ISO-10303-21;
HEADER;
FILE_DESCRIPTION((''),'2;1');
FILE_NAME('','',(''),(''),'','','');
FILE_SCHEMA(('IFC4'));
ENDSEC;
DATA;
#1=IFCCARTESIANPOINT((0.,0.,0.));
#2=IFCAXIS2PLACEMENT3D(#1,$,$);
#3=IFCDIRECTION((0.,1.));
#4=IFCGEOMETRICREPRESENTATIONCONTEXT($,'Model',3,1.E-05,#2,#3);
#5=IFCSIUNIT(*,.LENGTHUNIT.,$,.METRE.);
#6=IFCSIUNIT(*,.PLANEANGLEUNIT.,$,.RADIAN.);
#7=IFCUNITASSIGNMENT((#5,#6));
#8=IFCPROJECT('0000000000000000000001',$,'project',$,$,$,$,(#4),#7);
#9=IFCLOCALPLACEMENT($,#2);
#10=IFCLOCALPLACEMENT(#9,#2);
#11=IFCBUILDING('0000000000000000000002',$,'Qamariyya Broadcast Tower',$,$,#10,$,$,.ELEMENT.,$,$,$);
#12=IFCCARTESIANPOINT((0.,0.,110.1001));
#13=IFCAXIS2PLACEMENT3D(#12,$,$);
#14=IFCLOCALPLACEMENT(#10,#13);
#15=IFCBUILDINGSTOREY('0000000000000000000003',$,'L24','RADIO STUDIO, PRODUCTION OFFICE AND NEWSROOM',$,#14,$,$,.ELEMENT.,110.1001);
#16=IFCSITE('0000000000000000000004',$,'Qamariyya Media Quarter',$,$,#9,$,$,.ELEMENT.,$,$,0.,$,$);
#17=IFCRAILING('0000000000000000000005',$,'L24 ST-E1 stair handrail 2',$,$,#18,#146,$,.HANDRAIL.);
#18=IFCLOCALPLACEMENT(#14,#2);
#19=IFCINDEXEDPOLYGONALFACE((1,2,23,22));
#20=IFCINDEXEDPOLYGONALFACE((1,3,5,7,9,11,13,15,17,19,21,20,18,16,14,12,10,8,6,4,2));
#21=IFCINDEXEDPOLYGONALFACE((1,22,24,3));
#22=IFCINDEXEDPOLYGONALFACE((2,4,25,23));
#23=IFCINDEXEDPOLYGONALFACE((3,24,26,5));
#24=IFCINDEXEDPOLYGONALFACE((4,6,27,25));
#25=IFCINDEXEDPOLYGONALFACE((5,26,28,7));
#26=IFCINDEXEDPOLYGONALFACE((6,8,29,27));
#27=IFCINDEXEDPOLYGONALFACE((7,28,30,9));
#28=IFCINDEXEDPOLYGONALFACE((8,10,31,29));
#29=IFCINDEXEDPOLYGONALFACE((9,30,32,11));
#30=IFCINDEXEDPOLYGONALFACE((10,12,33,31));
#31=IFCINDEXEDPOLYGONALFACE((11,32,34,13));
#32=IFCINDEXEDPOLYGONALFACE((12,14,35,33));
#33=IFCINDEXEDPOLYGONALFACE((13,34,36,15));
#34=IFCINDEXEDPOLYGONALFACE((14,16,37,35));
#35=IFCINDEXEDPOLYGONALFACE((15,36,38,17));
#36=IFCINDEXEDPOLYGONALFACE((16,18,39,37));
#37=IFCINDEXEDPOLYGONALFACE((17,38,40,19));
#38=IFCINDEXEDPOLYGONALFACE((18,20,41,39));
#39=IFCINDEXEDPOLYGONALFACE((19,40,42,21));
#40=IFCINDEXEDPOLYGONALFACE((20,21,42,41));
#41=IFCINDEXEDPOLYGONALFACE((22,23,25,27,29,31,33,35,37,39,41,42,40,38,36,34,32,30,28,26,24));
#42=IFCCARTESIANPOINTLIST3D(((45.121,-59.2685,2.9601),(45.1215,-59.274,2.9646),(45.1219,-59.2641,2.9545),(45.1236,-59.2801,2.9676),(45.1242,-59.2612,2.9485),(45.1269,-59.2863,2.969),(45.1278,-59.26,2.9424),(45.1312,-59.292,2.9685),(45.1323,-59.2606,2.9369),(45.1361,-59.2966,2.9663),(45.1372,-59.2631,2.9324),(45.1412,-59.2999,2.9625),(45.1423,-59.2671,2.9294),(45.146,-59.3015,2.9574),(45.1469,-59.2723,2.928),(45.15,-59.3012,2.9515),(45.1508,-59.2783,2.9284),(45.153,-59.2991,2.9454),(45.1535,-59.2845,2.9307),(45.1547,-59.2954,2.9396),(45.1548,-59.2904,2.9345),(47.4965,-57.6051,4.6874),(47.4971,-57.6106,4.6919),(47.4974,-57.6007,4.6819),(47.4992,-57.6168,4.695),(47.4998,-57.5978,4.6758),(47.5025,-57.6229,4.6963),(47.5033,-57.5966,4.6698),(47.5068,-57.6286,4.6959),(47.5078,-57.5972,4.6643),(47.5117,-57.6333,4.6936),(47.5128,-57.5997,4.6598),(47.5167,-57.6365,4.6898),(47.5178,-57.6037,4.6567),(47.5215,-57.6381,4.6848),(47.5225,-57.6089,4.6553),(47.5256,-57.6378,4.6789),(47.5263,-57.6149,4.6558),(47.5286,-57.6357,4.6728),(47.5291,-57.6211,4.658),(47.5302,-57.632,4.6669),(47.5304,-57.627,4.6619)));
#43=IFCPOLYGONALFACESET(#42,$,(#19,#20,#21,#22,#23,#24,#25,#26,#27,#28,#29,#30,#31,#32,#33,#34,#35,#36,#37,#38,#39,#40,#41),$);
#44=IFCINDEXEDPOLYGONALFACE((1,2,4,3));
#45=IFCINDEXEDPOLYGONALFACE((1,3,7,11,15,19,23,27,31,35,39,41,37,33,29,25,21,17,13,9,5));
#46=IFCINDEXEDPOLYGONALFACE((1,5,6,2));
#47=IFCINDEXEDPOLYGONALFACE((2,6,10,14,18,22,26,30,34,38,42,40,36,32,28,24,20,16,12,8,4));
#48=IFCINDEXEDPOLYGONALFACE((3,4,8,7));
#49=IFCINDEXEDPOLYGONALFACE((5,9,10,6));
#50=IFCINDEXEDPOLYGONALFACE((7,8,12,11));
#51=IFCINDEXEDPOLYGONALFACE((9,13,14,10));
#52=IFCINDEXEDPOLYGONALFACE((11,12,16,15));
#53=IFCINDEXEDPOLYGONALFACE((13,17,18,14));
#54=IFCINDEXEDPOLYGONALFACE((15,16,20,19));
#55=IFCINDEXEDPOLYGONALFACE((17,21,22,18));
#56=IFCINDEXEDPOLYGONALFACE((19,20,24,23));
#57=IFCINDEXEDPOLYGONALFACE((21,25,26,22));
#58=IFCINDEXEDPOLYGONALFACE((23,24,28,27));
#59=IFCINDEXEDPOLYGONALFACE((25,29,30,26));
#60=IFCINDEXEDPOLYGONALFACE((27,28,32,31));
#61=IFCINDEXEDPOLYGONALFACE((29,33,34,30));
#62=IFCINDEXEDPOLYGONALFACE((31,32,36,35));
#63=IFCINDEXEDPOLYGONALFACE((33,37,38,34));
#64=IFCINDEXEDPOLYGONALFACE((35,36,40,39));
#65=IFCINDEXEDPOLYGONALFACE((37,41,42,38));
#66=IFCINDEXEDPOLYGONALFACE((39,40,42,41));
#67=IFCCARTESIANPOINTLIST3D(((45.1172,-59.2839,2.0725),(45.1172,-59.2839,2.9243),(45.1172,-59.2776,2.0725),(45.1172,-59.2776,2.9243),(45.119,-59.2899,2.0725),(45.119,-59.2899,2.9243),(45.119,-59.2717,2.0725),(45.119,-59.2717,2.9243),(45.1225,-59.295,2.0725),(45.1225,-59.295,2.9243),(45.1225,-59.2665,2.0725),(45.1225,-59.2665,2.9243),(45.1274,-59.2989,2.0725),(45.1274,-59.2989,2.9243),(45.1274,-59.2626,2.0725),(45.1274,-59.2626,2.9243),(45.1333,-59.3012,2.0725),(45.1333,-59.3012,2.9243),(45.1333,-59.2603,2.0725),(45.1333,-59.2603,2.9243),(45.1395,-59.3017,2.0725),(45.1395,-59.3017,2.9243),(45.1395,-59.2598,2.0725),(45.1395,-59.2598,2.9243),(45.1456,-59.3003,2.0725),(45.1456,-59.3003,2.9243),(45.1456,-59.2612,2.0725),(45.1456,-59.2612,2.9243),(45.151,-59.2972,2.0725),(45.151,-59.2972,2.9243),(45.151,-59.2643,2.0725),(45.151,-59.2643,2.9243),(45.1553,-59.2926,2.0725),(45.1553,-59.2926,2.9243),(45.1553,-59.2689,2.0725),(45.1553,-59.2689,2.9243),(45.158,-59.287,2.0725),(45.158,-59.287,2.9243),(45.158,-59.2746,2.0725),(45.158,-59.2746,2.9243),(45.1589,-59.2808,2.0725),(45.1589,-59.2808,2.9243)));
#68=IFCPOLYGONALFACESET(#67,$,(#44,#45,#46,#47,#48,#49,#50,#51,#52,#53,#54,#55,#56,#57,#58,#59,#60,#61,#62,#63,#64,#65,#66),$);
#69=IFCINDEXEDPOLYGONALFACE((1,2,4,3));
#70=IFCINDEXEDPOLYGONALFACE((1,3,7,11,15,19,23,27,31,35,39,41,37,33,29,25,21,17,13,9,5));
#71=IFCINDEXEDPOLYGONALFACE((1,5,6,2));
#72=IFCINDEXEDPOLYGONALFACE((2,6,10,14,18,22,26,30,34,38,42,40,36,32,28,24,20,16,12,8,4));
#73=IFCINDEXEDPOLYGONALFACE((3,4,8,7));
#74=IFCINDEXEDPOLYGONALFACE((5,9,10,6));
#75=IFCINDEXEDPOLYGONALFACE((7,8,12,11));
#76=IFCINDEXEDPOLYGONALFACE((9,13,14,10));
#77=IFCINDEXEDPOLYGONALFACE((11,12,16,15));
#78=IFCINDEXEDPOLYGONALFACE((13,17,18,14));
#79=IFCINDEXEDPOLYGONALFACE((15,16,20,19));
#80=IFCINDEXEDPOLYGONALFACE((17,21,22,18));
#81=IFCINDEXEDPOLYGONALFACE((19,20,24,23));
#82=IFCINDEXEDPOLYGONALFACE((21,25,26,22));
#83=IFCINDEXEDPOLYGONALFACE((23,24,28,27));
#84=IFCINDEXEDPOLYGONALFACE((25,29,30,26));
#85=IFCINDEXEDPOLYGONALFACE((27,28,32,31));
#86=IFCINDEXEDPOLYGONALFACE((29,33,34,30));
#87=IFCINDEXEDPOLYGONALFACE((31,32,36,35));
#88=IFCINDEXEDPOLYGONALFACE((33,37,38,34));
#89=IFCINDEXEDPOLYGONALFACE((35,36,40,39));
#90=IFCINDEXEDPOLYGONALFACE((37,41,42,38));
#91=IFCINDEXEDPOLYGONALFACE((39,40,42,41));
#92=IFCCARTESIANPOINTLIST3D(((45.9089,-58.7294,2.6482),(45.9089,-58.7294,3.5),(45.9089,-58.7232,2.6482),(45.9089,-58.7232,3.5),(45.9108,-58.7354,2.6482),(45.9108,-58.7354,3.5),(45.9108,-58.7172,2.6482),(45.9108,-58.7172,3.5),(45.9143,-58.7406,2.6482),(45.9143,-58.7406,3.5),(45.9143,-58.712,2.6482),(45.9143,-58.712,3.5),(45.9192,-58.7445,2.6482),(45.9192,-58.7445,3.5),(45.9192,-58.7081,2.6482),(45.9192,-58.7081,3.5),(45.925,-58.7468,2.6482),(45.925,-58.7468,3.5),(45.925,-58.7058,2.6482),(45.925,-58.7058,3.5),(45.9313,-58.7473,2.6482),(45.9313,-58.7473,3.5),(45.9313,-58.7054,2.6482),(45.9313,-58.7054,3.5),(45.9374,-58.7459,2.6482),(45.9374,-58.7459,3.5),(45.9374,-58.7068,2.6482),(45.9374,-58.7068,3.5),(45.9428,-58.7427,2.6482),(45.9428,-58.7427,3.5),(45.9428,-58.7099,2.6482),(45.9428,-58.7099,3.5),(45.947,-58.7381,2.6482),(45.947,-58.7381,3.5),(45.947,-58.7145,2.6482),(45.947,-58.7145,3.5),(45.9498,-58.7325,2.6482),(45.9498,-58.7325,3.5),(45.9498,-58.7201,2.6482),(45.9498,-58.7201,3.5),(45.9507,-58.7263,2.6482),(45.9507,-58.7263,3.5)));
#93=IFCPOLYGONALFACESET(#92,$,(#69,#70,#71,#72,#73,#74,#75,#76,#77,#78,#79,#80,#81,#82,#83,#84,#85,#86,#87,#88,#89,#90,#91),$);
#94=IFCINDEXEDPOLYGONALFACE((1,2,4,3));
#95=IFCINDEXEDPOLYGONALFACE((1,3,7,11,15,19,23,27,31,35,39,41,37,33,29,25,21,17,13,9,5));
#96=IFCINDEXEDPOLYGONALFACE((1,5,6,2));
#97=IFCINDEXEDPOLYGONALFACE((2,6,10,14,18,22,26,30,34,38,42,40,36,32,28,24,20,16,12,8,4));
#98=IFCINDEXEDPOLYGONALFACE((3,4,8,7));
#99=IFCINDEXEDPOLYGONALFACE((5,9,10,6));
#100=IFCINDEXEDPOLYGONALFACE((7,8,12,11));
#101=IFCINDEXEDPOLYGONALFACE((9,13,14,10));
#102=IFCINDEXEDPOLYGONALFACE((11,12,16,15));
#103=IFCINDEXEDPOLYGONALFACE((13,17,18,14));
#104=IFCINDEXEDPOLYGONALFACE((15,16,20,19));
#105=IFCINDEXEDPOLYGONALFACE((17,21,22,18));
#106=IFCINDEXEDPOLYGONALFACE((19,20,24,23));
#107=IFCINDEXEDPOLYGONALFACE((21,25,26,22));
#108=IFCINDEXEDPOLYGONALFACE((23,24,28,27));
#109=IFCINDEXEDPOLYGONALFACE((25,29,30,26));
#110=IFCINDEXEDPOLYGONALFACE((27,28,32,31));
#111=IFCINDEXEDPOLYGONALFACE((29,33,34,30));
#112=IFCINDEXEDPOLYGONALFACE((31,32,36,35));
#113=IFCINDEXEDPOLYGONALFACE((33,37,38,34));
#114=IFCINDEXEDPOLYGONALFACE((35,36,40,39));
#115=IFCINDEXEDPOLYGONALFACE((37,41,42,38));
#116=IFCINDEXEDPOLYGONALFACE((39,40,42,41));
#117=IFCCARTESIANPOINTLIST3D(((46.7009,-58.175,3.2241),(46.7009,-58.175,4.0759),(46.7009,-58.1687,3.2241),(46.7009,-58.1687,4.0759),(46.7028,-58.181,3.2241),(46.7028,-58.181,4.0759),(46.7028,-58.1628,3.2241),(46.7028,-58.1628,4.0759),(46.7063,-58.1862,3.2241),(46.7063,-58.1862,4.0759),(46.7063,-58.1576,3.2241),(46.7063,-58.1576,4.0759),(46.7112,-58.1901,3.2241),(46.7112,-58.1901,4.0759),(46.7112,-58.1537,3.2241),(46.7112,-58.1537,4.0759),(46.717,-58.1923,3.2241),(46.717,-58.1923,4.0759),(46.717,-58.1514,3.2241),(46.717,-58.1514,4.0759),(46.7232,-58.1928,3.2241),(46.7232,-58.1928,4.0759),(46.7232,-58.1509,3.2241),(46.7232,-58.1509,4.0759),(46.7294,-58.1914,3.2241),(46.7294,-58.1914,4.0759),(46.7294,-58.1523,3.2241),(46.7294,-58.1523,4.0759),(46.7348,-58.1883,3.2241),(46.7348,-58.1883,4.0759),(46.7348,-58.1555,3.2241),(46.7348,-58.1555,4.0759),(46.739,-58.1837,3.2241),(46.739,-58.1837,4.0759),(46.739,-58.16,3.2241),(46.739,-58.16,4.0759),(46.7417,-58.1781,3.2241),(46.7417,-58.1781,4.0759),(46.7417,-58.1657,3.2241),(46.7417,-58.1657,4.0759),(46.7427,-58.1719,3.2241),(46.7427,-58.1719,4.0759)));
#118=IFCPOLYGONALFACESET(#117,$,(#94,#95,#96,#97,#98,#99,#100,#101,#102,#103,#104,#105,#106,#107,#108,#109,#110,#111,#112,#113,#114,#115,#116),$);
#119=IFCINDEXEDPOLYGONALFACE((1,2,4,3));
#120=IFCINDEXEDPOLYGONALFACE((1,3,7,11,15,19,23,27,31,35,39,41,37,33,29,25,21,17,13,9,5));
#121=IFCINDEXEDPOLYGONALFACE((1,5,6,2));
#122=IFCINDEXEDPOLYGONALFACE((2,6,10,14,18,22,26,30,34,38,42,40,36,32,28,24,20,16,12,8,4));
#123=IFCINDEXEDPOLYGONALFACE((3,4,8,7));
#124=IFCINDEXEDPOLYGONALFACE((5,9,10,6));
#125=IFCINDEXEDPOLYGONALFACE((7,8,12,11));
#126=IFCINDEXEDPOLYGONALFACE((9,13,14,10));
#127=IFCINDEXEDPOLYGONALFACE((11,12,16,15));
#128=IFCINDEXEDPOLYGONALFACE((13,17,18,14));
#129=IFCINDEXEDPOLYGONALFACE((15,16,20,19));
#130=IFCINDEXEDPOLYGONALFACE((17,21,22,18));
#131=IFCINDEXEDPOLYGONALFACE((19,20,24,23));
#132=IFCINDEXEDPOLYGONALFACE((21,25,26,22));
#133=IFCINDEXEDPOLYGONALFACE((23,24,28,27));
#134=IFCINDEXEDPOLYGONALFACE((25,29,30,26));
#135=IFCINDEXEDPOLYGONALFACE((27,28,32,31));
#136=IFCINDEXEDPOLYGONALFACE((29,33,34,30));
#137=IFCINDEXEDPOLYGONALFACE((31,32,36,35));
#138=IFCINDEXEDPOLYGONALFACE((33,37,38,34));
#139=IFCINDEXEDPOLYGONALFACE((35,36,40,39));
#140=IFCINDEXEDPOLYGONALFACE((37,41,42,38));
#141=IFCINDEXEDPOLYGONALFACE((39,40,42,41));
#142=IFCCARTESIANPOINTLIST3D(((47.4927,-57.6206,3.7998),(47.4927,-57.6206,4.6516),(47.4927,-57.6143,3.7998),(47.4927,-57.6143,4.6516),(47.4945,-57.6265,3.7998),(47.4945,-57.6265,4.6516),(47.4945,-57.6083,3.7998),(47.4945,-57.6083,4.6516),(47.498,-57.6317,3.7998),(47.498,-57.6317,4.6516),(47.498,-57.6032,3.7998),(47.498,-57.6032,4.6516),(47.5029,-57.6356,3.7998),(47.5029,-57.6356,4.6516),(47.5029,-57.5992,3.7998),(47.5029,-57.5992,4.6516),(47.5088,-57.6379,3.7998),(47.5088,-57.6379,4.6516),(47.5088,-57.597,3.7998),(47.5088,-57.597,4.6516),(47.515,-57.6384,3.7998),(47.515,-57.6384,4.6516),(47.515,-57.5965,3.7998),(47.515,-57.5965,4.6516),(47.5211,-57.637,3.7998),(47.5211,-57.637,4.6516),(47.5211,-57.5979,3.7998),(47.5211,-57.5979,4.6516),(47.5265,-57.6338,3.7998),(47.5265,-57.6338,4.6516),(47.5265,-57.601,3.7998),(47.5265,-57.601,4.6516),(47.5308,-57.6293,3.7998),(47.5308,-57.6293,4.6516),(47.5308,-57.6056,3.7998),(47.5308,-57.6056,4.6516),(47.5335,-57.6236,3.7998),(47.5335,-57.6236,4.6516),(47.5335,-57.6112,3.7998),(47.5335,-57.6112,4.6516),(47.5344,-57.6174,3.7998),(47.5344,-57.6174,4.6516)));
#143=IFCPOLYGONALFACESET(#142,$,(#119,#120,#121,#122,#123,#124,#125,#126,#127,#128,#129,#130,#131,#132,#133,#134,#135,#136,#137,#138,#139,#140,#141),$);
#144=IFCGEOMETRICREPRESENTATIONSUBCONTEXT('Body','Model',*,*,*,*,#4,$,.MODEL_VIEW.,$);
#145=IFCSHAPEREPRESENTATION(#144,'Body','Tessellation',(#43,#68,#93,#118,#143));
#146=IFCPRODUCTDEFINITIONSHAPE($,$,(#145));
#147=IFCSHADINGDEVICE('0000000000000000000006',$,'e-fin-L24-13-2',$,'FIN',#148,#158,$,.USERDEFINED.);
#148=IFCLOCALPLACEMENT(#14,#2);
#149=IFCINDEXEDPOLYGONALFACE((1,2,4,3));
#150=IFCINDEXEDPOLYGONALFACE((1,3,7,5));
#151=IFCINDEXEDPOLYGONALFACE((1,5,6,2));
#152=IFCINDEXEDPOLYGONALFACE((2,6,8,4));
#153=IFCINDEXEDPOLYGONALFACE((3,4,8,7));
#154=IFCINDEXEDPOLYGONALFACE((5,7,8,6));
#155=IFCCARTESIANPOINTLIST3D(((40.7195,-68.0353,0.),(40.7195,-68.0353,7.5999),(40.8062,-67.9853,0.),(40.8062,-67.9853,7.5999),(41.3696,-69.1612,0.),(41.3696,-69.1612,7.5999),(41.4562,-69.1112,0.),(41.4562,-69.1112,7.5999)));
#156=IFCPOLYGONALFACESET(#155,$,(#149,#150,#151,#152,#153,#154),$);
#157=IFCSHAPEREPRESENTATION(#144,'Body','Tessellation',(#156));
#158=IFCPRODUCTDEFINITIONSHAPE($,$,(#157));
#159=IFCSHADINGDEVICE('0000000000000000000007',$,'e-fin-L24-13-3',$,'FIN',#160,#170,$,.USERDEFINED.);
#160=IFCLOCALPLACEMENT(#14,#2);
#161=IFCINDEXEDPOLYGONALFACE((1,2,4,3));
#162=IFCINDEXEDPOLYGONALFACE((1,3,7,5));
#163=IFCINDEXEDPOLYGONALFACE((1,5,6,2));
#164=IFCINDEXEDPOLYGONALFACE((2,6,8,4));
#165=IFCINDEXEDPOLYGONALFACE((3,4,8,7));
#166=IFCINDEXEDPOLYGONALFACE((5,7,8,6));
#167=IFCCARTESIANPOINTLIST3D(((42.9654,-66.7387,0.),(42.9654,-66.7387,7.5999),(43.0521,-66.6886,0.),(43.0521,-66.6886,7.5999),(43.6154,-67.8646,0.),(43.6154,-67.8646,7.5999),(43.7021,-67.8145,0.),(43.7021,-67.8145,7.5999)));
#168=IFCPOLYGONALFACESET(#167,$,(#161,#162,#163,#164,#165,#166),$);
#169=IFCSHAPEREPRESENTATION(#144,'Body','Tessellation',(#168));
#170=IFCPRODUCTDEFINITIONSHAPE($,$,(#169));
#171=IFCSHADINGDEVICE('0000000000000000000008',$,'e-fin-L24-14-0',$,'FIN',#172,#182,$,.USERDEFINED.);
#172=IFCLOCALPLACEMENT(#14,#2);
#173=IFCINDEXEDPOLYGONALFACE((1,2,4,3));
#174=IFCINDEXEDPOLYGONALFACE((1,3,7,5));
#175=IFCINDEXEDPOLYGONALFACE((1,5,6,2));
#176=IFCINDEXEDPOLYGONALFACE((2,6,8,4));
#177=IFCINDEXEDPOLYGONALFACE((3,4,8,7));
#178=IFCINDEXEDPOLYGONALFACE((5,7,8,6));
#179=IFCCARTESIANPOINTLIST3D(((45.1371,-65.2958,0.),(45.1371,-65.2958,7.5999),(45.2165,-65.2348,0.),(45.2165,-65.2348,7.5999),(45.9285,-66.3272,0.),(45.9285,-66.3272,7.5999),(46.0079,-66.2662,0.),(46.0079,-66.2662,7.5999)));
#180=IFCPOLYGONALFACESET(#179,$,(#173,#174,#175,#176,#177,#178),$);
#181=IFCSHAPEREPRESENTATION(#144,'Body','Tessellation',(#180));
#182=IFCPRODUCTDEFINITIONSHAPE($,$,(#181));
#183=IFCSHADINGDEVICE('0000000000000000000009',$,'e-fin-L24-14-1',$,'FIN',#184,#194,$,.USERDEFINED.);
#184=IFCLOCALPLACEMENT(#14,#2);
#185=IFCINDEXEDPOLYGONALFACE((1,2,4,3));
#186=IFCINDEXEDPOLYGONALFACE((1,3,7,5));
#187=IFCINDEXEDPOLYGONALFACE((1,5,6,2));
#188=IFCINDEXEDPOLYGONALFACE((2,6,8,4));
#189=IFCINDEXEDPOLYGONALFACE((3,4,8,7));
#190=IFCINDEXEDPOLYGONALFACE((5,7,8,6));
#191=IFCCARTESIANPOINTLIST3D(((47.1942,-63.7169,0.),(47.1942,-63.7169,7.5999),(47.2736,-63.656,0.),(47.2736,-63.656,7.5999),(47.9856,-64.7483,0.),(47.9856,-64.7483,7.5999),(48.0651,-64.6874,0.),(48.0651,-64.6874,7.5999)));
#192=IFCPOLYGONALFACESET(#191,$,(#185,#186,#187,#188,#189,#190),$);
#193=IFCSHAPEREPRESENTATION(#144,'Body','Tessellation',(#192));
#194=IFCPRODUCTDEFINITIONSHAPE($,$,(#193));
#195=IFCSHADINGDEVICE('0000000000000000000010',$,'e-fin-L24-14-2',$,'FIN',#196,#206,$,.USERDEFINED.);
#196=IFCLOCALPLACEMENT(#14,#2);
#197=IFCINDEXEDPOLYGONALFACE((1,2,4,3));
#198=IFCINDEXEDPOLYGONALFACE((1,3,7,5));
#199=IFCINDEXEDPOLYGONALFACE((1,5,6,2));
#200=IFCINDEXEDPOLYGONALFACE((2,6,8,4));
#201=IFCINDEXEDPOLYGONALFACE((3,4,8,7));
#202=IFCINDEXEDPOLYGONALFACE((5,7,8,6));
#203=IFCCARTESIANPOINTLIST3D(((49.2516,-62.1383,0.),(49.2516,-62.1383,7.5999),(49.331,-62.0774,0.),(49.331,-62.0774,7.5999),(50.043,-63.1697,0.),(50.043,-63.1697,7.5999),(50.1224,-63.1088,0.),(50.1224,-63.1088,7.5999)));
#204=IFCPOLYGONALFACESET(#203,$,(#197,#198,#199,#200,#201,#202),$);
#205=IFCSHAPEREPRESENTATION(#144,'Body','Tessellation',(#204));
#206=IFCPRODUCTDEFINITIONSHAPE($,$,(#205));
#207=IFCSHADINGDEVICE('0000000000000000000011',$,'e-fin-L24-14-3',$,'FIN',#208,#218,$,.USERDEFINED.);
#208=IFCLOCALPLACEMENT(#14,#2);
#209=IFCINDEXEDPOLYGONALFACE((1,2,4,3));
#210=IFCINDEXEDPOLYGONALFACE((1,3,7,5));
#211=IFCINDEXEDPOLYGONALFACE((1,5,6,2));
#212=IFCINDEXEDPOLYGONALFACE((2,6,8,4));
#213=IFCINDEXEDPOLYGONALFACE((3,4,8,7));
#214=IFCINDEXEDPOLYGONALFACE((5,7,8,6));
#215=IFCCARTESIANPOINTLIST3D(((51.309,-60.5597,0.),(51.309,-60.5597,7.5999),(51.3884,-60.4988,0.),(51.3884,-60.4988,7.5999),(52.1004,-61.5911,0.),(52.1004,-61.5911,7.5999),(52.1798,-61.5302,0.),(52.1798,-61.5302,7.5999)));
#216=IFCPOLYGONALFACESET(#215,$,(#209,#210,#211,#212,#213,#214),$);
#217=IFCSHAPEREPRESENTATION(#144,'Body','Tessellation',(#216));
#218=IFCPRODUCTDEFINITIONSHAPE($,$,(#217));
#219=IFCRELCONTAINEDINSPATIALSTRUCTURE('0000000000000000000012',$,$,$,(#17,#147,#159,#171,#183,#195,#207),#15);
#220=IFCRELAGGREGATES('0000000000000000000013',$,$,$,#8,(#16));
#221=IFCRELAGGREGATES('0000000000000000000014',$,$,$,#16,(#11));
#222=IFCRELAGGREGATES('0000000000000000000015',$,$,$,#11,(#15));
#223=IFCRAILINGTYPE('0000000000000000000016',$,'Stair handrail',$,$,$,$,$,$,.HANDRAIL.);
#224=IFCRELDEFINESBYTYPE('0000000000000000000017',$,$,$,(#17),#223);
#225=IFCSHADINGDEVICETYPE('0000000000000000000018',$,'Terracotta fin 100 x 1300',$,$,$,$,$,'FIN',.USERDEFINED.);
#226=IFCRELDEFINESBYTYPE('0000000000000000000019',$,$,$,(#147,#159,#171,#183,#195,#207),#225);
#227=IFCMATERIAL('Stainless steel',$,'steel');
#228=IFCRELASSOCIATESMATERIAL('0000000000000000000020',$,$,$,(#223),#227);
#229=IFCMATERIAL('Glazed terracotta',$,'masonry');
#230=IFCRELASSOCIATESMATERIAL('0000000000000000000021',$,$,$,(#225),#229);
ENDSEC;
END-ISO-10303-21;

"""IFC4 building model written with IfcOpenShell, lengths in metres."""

from ifc_helpers import new_model, si_unit, direction, frame, origin, origin_2d, place, context, subcontext, project, spatial, rectangle, circle, extrude, material, material_profile, profile_set, type_object, element, save


model = new_model("IFC4")

# Units and contexts
model_context = context("Model", 3, precision=1e-05, world=origin(), true_north=direction((0.0, 1.0)))
body_context = subcontext(model_context, "Body", "Model", "MODEL_VIEW")
ifc_project = project(units=[si_unit("LENGTHUNIT", "METRE"), si_unit("PLANEANGLEUNIT", "RADIAN")], contexts=[model_context])

# Site, building, storey
site_placement = place(None, origin())
site = spatial("IfcSite", under=ifc_project, at=site_placement, Name="Qamariyya Media Quarter", CompositionType="ELEMENT", RefElevation=0.0)
building_placement = place(site_placement, origin())
building = spatial("IfcBuilding", under=site, at=building_placement, Name="Qamariyya Broadcast Tower", CompositionType="ELEMENT")
storey_placement = place(building_placement, frame((0.0, 0.0, 110.1001)))
storey = spatial("IfcBuildingStorey", under=building, at=storey_placement, Name="L24", Description="RADIO STUDIO, PRODUCTION OFFICE AND NEWSROOM", CompositionType="ELEMENT", Elevation=110.1001)

# Railing
ifc_material_1 = material(Name="Stainless steel", Category="steel")
railing_type_1 = type_object("IfcRailingType", Name="Stair handrail", PredefinedType="HANDRAIL", material=ifc_material_1)
railing_1_placement = place(storey_placement, frame((45.1379, -59.2808, 2.0725)))
element("IfcRailing", 1, at=railing_1_placement, inside=storey, type_object=railing_type_1, Name="L24 ST-E1 stair handrail 2", PredefinedType="HANDRAIL", context=body_context, shape_type="SweptSolid", body=[
    extrude(circle(Radius=0.0239, at=origin_2d()), frame((0.0, 0.0, 0.876), z_axis=(0.70377, 0.492784, 0.511734), x_axis=(-0.573575, 0.819153, 0.0)), (0.0, 0.0, 1.0), 3.3755),
    extrude(circle(Radius=0.021, at=origin_2d()), origin(), (0.0, 0.0, 1.0), 0.8518),
    extrude(circle(Radius=0.021, at=origin_2d()), frame((0.7917, 0.5544, 0.5757)), (0.0, 0.0, 1.0), 0.8518),
    extrude(circle(Radius=0.021, at=origin_2d()), frame((1.5837, 1.1089, 1.1516)), (0.0, 0.0, 1.0), 0.8518),
    extrude(circle(Radius=0.021, at=origin_2d()), frame((2.3755, 1.6633, 1.7273)), (0.0, 0.0, 1.0), 0.8518),
])

# Shading devices
ifc_material_2 = material(Name="Glazed terracotta", Category="masonry")
ifc_material_profile_1 = material_profile(ifc_material_2, rectangle(XDim=1.3, YDim=0.1001, at=origin_2d()))
ifc_profile_set_1 = profile_set([ifc_material_profile_1], Name="Glazed terracotta")
shading_device_type_1 = type_object("IfcShadingDeviceType", Name="Terracotta fin 100 x 1300", ElementType="FIN", PredefinedType="USERDEFINED", material=ifc_profile_set_1)
for number, where, z_axis, x_axis, name in (
    (2, (41.0879, -68.5732, 0.0), (0.0, 0.0, 1.0), (0.5, -0.866025, 0.0), "e-fin-L24-13-2"),
    (3, (43.3337, -67.2766, 0.0), (0.0, 0.0, 1.0), (0.5, -0.866025, 0.0), "e-fin-L24-13-3"),
    (4, (45.5725, -65.781, 0.0), (0.0, 0.0, 1.0), (0.608761, -0.793353, 0.0), "e-fin-L24-14-0"),
    (5, (47.6296, -64.2021, 0.0), (0.0, 0.0, 1.0), (0.608761, -0.793353, 0.0), "e-fin-L24-14-1"),
    (6, (49.687, -62.6235, 0.0), (0.0, 0.0, 1.0), (0.608761, -0.793353, 0.0), "e-fin-L24-14-2"),
    (7, (51.7444, -61.0449, 0.0), (0.0, 0.0, 1.0), (0.608761, -0.793353, 0.0), "e-fin-L24-14-3"),
):
    element("IfcShadingDevice", number, at=place(storey_placement, frame(where, z_axis=z_axis, x_axis=x_axis)), inside=storey, type_object=shading_device_type_1, Name=name, ObjectType="FIN", PredefinedType="USERDEFINED", context=body_context, shape_type="SweptSolid", body=[
        extrude(rectangle(XDim=1.3, YDim=0.1001, at=origin_2d()), origin(), (0.0, 0.0, 1.0), 7.5999),
    ])

save(model, "model.ifc")
